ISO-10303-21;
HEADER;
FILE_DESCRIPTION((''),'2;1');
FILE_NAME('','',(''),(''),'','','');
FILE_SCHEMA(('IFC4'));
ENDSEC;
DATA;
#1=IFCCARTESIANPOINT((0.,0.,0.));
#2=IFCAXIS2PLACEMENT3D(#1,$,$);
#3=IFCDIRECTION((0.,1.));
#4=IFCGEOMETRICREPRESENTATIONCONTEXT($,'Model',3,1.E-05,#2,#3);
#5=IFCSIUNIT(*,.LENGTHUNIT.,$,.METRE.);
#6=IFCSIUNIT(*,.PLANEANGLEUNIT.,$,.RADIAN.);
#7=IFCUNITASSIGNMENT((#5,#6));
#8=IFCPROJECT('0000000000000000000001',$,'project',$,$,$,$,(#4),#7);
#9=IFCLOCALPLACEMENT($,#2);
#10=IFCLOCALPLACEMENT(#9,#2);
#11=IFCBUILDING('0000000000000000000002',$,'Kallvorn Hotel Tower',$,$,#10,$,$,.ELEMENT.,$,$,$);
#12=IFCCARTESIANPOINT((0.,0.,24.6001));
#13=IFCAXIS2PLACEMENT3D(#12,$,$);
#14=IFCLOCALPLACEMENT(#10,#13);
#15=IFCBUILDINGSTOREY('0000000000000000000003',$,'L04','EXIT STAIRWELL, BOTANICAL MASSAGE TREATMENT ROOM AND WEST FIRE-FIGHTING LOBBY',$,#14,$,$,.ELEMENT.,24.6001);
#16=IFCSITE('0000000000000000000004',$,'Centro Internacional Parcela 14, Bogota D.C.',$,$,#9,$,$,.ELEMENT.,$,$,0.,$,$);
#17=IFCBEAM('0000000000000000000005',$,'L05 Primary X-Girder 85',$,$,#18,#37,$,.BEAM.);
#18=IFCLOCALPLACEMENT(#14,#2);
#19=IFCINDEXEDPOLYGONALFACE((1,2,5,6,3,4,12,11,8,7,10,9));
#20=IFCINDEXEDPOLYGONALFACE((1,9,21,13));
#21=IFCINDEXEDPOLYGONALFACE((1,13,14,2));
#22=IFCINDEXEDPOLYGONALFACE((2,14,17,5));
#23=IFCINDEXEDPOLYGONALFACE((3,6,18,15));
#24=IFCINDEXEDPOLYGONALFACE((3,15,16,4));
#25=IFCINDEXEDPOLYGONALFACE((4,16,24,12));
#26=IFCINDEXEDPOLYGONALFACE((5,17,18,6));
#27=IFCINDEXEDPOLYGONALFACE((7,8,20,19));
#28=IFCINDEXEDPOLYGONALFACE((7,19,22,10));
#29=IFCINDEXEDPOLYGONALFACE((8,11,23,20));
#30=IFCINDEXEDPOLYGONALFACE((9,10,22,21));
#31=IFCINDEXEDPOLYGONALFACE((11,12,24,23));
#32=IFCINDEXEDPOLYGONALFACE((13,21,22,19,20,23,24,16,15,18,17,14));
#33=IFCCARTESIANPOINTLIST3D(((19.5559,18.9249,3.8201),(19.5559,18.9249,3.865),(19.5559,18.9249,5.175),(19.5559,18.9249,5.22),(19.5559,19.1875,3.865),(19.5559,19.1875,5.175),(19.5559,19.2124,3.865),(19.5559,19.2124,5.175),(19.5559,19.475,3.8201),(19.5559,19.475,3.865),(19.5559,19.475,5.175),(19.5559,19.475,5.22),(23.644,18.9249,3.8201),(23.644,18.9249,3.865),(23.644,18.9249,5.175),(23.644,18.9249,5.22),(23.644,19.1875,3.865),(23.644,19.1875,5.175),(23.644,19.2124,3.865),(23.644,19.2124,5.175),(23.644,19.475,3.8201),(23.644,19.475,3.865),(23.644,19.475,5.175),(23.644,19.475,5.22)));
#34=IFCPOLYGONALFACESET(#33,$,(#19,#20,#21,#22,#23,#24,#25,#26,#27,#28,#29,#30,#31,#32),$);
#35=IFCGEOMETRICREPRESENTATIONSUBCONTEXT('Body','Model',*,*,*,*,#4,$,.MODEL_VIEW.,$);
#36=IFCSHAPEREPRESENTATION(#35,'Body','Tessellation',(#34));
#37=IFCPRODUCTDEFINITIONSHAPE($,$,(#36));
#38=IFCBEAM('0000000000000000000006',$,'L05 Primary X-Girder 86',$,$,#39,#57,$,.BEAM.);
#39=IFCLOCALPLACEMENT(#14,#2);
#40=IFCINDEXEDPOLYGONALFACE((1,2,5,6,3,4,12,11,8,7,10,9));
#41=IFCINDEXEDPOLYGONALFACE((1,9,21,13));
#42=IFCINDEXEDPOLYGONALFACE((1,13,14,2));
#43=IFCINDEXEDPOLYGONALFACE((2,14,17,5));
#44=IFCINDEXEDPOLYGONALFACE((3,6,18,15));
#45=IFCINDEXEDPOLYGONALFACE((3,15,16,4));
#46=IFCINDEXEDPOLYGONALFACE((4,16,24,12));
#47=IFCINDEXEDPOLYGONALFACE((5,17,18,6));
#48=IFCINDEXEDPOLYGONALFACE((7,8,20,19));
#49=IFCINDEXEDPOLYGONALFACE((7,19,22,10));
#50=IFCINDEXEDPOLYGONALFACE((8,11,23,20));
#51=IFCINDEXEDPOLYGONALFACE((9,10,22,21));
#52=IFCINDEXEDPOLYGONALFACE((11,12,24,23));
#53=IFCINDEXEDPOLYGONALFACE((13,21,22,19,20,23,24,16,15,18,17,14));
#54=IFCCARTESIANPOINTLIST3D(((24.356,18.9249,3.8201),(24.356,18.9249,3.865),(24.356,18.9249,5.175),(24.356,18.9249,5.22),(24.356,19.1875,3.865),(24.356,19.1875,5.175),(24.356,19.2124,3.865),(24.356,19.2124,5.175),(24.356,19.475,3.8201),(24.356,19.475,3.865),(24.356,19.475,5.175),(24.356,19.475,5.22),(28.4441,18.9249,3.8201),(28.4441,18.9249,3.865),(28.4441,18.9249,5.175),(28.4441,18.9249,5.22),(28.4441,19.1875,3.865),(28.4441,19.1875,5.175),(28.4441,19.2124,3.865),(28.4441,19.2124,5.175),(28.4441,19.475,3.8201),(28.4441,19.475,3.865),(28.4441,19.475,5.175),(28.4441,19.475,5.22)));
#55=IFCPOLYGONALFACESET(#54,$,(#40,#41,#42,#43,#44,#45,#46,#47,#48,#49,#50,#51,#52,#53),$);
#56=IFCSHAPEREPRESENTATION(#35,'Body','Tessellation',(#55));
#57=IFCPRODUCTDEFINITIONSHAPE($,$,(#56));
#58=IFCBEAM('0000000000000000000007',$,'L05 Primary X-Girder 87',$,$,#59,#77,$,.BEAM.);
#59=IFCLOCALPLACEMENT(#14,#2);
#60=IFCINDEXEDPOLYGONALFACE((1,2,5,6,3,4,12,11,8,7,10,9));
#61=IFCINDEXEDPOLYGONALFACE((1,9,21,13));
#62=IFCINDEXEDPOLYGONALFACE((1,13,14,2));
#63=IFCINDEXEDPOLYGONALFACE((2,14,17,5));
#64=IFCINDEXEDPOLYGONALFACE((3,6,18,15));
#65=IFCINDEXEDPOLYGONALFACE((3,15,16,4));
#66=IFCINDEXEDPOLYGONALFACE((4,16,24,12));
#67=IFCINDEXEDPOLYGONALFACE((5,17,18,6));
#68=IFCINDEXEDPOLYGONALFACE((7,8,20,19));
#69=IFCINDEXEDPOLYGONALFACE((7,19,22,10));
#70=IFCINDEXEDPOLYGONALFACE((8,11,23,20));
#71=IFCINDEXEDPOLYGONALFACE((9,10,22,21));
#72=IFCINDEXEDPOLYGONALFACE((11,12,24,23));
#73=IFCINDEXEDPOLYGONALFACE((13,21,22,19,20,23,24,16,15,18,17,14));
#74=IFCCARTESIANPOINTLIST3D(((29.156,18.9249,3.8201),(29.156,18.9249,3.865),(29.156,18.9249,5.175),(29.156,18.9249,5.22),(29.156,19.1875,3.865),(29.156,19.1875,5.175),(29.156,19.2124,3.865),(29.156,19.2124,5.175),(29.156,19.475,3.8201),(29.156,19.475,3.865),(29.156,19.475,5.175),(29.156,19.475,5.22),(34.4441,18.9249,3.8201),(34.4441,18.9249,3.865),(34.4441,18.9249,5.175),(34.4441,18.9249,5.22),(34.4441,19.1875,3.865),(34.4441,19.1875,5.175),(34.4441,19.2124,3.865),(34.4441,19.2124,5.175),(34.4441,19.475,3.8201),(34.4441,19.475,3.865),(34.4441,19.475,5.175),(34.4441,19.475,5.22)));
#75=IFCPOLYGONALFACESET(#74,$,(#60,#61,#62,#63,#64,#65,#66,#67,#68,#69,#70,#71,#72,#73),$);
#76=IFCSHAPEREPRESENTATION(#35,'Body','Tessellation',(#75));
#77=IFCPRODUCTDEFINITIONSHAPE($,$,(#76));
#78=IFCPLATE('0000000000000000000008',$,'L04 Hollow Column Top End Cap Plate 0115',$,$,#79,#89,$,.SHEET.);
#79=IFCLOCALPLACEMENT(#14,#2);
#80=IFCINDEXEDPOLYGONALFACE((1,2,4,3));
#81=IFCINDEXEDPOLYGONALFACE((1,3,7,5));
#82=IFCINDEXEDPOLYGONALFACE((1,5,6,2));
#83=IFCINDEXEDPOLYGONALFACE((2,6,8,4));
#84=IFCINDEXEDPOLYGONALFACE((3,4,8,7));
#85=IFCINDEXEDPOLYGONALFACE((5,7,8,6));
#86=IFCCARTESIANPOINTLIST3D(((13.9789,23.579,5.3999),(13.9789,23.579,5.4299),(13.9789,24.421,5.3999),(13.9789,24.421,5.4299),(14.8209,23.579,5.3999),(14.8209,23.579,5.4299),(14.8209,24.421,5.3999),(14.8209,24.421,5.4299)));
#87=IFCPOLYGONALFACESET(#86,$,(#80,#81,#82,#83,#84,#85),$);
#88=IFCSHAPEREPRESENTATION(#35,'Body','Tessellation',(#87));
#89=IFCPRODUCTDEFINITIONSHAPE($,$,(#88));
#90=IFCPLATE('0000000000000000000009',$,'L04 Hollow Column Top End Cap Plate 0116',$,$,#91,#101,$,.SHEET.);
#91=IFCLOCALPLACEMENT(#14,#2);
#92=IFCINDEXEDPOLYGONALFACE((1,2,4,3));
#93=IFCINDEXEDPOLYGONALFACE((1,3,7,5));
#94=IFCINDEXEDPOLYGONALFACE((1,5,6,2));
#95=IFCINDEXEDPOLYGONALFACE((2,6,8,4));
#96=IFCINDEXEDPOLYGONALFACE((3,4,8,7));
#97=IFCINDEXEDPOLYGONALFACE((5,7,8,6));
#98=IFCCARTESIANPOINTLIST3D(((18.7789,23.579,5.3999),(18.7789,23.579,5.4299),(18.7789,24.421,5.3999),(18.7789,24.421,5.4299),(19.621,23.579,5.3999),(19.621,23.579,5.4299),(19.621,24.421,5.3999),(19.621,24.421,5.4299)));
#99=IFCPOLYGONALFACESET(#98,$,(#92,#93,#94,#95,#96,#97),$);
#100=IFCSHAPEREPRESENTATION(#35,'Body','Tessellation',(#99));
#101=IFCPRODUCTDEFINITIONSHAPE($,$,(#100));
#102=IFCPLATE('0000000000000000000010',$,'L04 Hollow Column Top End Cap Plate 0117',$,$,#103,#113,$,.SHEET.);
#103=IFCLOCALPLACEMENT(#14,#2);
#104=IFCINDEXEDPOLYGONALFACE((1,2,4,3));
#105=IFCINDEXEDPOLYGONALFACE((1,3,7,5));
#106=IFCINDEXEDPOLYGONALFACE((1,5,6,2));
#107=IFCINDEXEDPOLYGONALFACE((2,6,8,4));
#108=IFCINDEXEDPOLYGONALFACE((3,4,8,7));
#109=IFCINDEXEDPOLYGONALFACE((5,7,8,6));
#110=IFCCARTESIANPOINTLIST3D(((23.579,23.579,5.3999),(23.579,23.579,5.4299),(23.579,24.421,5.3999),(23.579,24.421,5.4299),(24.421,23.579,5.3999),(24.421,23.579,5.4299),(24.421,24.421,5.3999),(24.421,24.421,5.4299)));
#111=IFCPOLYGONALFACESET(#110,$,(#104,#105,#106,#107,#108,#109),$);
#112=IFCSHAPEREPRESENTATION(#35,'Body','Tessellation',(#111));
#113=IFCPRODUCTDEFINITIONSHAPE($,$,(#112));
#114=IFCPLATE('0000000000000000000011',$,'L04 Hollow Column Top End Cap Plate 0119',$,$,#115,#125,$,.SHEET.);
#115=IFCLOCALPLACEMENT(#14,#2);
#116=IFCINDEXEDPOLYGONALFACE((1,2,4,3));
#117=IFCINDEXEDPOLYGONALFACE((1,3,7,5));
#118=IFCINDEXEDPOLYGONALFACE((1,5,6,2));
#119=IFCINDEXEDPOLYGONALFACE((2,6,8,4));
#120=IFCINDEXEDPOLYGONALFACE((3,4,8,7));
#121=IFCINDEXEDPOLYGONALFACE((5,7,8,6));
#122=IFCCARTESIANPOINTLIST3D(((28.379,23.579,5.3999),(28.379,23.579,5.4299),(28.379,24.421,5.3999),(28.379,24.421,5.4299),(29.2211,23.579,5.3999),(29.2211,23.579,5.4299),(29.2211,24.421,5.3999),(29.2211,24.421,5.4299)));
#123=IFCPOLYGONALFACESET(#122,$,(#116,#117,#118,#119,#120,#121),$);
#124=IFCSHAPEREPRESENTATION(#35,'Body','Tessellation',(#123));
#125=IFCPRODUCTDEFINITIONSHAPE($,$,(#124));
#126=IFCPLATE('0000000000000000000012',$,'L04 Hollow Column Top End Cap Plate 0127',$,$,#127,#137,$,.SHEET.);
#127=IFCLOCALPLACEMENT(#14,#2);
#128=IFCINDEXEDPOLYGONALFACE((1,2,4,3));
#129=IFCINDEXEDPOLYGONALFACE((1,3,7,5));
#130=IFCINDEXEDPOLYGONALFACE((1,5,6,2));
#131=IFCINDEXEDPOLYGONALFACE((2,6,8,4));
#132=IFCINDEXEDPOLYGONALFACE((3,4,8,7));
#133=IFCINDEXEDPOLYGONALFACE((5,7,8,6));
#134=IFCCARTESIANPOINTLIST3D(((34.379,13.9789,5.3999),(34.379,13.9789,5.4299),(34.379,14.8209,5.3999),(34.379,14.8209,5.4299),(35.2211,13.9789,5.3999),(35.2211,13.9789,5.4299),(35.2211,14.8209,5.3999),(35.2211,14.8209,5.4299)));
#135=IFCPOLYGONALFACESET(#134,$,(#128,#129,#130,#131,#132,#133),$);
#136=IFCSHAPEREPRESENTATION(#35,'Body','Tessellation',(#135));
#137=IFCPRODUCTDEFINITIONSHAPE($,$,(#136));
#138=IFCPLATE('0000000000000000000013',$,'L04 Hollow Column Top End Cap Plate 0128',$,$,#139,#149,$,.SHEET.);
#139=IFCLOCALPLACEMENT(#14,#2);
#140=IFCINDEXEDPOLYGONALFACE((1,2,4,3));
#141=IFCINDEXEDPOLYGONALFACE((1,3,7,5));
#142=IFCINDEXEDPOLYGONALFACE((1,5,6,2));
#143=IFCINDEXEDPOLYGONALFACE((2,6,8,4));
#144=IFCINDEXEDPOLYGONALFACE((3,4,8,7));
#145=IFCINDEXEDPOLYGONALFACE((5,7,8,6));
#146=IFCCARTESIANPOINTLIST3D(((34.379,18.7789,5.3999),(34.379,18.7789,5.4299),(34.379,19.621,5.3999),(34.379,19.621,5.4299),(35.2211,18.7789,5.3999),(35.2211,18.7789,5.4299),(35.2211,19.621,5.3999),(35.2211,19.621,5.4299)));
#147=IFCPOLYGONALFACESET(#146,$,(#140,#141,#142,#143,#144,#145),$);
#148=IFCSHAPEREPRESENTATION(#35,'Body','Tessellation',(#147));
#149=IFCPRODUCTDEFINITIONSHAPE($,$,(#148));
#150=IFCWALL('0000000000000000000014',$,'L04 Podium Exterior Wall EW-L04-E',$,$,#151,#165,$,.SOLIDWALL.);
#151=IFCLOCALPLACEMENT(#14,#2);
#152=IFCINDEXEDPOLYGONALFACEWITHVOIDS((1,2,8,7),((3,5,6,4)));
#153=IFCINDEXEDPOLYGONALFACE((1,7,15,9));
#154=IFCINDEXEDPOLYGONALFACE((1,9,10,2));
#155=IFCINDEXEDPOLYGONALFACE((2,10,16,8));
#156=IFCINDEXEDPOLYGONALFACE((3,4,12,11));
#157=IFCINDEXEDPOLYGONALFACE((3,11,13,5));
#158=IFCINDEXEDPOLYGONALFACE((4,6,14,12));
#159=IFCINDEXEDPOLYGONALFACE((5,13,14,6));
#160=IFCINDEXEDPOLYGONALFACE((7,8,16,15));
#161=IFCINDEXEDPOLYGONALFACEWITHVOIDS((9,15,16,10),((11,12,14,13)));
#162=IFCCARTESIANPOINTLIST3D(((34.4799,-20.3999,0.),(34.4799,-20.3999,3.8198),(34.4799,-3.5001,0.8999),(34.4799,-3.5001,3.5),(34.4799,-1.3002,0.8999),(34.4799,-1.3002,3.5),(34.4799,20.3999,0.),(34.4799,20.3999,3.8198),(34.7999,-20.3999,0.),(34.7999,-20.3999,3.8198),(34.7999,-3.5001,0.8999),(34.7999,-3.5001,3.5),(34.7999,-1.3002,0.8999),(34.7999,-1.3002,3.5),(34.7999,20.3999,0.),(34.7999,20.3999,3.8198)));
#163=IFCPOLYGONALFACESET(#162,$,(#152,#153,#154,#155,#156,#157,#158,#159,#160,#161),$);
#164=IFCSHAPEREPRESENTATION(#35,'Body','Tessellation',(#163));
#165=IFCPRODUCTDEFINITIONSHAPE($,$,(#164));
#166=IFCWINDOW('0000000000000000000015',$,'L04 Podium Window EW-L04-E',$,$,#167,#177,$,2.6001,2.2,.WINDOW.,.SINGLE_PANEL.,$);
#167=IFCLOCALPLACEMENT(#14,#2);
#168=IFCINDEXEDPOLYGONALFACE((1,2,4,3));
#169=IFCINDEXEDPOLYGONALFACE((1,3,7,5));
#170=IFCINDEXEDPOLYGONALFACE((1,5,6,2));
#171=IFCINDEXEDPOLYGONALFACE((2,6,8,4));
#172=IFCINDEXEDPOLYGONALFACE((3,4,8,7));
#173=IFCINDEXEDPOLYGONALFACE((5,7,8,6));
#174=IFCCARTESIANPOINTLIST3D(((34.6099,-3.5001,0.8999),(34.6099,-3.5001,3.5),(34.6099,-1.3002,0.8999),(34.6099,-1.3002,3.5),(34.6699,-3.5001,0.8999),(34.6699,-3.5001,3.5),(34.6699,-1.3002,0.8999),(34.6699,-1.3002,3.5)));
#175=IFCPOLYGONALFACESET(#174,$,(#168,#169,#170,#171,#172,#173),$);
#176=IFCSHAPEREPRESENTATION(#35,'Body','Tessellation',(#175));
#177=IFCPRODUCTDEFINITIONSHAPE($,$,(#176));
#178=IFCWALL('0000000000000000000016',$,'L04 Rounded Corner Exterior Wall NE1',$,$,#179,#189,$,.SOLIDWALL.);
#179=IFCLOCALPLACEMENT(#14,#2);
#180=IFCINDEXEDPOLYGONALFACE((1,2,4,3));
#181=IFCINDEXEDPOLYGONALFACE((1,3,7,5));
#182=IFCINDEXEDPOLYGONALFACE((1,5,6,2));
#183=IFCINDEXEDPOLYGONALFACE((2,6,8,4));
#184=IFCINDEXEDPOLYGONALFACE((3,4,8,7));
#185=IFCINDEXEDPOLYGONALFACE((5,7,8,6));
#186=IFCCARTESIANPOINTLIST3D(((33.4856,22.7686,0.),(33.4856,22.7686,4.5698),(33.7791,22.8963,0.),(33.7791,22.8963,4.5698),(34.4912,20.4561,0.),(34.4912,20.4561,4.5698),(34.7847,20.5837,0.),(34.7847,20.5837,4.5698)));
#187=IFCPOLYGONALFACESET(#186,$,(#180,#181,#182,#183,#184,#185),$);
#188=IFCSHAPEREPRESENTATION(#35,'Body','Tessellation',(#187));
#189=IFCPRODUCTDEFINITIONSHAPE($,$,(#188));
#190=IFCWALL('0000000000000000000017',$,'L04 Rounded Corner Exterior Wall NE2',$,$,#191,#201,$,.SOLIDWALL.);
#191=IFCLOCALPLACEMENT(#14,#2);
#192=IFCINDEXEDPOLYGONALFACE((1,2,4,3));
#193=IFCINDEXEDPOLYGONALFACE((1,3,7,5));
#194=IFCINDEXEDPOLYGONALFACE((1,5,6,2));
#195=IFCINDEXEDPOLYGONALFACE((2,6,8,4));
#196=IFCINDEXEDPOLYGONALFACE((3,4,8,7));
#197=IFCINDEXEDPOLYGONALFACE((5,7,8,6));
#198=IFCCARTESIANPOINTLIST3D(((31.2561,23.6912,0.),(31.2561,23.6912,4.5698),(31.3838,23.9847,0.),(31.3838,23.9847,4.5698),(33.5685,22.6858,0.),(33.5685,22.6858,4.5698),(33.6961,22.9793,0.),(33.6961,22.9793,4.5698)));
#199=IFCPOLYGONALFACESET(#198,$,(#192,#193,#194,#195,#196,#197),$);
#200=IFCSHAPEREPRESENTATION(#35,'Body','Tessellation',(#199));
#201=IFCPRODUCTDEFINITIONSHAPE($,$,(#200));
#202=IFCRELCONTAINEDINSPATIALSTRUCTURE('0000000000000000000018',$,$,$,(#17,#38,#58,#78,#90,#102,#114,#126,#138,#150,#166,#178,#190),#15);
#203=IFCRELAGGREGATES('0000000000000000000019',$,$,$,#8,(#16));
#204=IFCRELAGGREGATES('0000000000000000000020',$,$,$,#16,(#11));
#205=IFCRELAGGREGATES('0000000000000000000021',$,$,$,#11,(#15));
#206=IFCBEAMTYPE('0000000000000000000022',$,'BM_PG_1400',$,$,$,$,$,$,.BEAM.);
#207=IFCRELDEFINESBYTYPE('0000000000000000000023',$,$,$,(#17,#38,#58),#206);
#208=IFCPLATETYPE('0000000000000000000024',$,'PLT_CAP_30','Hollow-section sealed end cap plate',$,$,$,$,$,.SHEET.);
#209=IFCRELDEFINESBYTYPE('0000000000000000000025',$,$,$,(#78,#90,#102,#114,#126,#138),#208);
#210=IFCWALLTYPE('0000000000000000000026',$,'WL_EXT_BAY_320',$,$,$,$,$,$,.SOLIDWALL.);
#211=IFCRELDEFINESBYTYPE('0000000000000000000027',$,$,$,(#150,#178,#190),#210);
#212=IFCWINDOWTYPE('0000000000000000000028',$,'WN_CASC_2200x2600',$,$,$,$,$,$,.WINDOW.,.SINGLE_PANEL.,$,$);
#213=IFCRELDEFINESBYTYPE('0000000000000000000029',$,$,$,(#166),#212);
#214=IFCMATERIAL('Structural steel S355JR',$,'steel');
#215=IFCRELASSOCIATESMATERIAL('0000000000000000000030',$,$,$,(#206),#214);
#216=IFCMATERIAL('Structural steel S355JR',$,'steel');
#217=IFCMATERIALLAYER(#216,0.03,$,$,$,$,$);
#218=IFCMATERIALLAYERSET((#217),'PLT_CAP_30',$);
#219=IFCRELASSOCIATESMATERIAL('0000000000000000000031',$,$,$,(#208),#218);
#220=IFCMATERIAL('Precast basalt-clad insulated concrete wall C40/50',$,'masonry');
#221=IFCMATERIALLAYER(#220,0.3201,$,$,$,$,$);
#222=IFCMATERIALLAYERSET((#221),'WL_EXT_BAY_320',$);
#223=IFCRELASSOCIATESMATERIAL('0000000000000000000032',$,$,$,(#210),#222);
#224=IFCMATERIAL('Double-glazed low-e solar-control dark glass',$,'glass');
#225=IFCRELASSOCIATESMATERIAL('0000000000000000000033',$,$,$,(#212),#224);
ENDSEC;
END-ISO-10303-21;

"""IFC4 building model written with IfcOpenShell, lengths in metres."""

from ifc_helpers import new_model, si_unit, direction, frame, frame_2d, origin, origin_2d, place, context, subcontext, project, spatial, rectangle, i_section, extrude, material, layer, layer_set, material_profile, profile_set, type_object, element, fill, save


model = new_model("IFC4")

# Units and contexts
model_context = context("Model", 3, precision=1e-05, world=origin(), true_north=direction((0.0, 1.0)))
body_context = subcontext(model_context, "Body", "Model", "MODEL_VIEW")
ifc_project = project(units=[si_unit("LENGTHUNIT", "METRE"), si_unit("PLANEANGLEUNIT", "RADIAN")], contexts=[model_context])

# Site, building, storey
site_placement = place(None, origin())
site = spatial("IfcSite", under=ifc_project, at=site_placement, Name="Centro Internacional Parcela 14, Bogota D.C.", CompositionType="ELEMENT", RefElevation=0.0)
building_placement = place(site_placement, origin())
building = spatial("IfcBuilding", under=site, at=building_placement, Name="Kallvorn Hotel Tower", CompositionType="ELEMENT")
storey_placement = place(building_placement, frame((0.0, 0.0, 24.6001)))
storey = spatial("IfcBuildingStorey", under=building, at=storey_placement, Name="L04", Description="EXIT STAIRWELL, BOTANICAL MASSAGE TREATMENT ROOM AND WEST FIRE-FIGHTING LOBBY", CompositionType="ELEMENT", Elevation=24.6001)

# Beams
ifc_material_1 = material(Name="Structural steel S355JR", Category="steel")
ifc_material_profile_1 = material_profile(ifc_material_1, i_section(OverallWidth=0.55, OverallDepth=1.3999, WebThickness=0.0249, FlangeThickness=0.0449, at=origin_2d()), Name="PG 1400x550x25x45")
ifc_profile_set_1 = profile_set([ifc_material_profile_1], Name="Structural steel S355JR")
beam_type_1 = type_object("IfcBeamType", Name="BM_PG_1400", PredefinedType="BEAM", material=ifc_profile_set_1)
for number, where, z_axis, x_axis, name in (
    (1, (19.5559, 19.2, 4.52), (1.0, 0.0, 0.0), (0.0, 1.0, 0.0), "L05 Primary X-Girder 85"),
    (2, (24.356, 19.2, 4.52), (1.0, 0.0, 0.0), (0.0, 1.0, 0.0), "L05 Primary X-Girder 86"),
):
    element("IfcBeam", number, at=place(storey_placement, frame(where, z_axis=z_axis, x_axis=x_axis)), inside=storey, type_object=beam_type_1, Name=name, PredefinedType="BEAM", context=body_context, shape_type="SweptSolid", body=[
        extrude(i_section(OverallWidth=0.55, OverallDepth=1.3999, WebThickness=0.0249, FlangeThickness=0.0449, at=origin_2d()), origin(), (0.0, 0.0, 1.0), 4.0881),
    ])
beam_1_placement = place(storey_placement, frame((29.156, 19.2, 4.52), z_axis=(1.0, 0.0, 0.0), x_axis=(0.0, 1.0, 0.0)))
element("IfcBeam", 3, at=beam_1_placement, inside=storey, type_object=beam_type_1, Name="L05 Primary X-Girder 87", PredefinedType="BEAM", context=body_context, shape_type="SweptSolid", body=[
    extrude(i_section(OverallWidth=0.55, OverallDepth=1.3999, WebThickness=0.0249, FlangeThickness=0.0449, at=origin_2d()), origin(), (0.0, 0.0, 1.0), 5.2881),
])

# Plates
ifc_material_2 = material(Name="Structural steel S355JR", Category="steel")
ifc_layer_1 = layer(ifc_material_2, 0.03)
ifc_layer_set_1 = layer_set([ifc_layer_1], Name="PLT_CAP_30")
plate_type = type_object("IfcPlateType", Name="PLT_CAP_30", Description="Hollow-section sealed end cap plate", PredefinedType="SHEET", material=ifc_layer_set_1)
for number, where, z_axis, x_axis, name in (
    (4, (14.3999, 24.0, 5.3999), (0.0, 0.0, 1.0), (1.0, 0.0, 0.0), "L04 Hollow Column Top End Cap Plate 0115"),
    (5, (19.2, 24.0, 5.3999), (0.0, 0.0, 1.0), (1.0, 0.0, 0.0), "L04 Hollow Column Top End Cap Plate 0116"),
    (6, (24.0, 24.0, 5.3999), (0.0, 0.0, 1.0), (1.0, 0.0, 0.0), "L04 Hollow Column Top End Cap Plate 0117"),
    (7, (28.8, 24.0, 5.3999), (0.0, 0.0, 1.0), (1.0, 0.0, 0.0), "L04 Hollow Column Top End Cap Plate 0119"),
    (8, (34.8, 14.3999, 5.3999), (0.0, 0.0, 1.0), (1.0, 0.0, 0.0), "L04 Hollow Column Top End Cap Plate 0127"),
    (9, (34.8, 19.2, 5.3999), (0.0, 0.0, 1.0), (1.0, 0.0, 0.0), "L04 Hollow Column Top End Cap Plate 0128"),
):
    element("IfcPlate", number, at=place(storey_placement, frame(where, z_axis=z_axis, x_axis=x_axis)), inside=storey, type_object=plate_type, Name=name, PredefinedType="SHEET", context=body_context, shape_type="SweptSolid", body=[
        extrude(rectangle(XDim=0.842, YDim=0.842, at=origin_2d()), origin(), (0.0, 0.0, 1.0), 0.03),
    ])

# Wall, opening, window
ifc_material_3 = material(Name="Precast basalt-clad insulated concrete wall C40/50", Category="masonry")
ifc_layer_2 = layer(ifc_material_3, 0.3201)
ifc_layer_set_2 = layer_set([ifc_layer_2], Name="WL_EXT_BAY_320")
wall_type_1 = type_object("IfcWallType", Name="WL_EXT_BAY_320", PredefinedType="SOLIDWALL", material=ifc_layer_set_2)
wall_1_placement = place(storey_placement, frame((34.6399, 20.3999, 0.0), z_axis=(0.0, 0.0, 1.0), x_axis=(0.0, -1.0, 0.0)))
wall_1 = element("IfcWall", 10, at=wall_1_placement, inside=storey, type_object=wall_type_1, Name="L04 Podium Exterior Wall EW-L04-E", PredefinedType="SOLIDWALL", context=body_context, shape_type="SweptSolid", body=[
    extrude(rectangle(XDim=40.7998, YDim=0.3201, at=frame_2d((20.3999, 0.0))), origin(), (0.0, 0.0, 1.0), 3.8198),
])
opening_placement = place(wall_1_placement, frame((21.7, 0.0, 0.8999)))
opening = element("IfcOpeningElement", 11, at=opening_placement, cuts=wall_1, PredefinedType="OPENING", context=body_context, shape_type="SweptSolid", body=[
    extrude(rectangle(XDim=2.2, YDim=2.6001, at=frame_2d((1.1001, 1.3))), frame((0.0, 0.175, 0.0), z_axis=(0.0, -1.0, 0.0), x_axis=(1.0, 0.0, 0.0)), (0.0, 0.0, 1.0), 0.3501),
])
ifc_material_4 = material(Name="Double-glazed low-e solar-control dark glass", Category="glass")
window_type = type_object("IfcWindowType", Name="WN_CASC_2200x2600", PartitioningType="SINGLE_PANEL", PredefinedType="WINDOW", material=ifc_material_4)
window_placement = place(opening_placement, origin())
window = element("IfcWindow", 12, at=window_placement, inside=storey, type_object=window_type, Name="L04 Podium Window EW-L04-E", OverallHeight=2.6001, OverallWidth=2.2, PartitioningType="SINGLE_PANEL", PredefinedType="WINDOW", context=body_context, shape_type="SweptSolid", body=[
    extrude(rectangle(XDim=2.2, YDim=2.6001, at=frame_2d((1.1001, 1.3))), frame((0.0, 0.03, 0.0), z_axis=(0.0, -1.0, 0.0), x_axis=(1.0, 0.0, 0.0)), (0.0, 0.0, 1.0), 0.0601),
])
fill(opening, window)

# Walls
wall_2_placement = place(storey_placement, frame((34.6379, 20.52, 0.0), z_axis=(0.0, 0.0, 1.0), x_axis=(-0.398786, 0.917044, 0.0)))
element("IfcWall", 13, at=wall_2_placement, inside=storey, type_object=wall_type_1, Name="L04 Rounded Corner Exterior Wall NE1", PredefinedType="SOLIDWALL", context=body_context, shape_type="SweptSolid", body=[
    extrude(rectangle(XDim=2.5217, YDim=0.3201, at=frame_2d((1.2607, 0.0))), origin(), (0.0, 0.0, 1.0), 4.5698),
])
wall_3_placement = place(storey_placement, frame((33.6323, 22.8325, 0.0), z_axis=(0.0, 0.0, 1.0), x_axis=(-0.917064, 0.39874, 0.0)))
element("IfcWall", 14, at=wall_3_placement, inside=storey, type_object=wall_type_1, Name="L04 Rounded Corner Exterior Wall NE2", PredefinedType="SOLIDWALL", context=body_context, shape_type="SweptSolid", body=[
    extrude(rectangle(XDim=2.5215, YDim=0.3201, at=frame_2d((1.2607, 0.0))), origin(), (0.0, 0.0, 1.0), 4.5698),
])

save(model, "model.ifc")
